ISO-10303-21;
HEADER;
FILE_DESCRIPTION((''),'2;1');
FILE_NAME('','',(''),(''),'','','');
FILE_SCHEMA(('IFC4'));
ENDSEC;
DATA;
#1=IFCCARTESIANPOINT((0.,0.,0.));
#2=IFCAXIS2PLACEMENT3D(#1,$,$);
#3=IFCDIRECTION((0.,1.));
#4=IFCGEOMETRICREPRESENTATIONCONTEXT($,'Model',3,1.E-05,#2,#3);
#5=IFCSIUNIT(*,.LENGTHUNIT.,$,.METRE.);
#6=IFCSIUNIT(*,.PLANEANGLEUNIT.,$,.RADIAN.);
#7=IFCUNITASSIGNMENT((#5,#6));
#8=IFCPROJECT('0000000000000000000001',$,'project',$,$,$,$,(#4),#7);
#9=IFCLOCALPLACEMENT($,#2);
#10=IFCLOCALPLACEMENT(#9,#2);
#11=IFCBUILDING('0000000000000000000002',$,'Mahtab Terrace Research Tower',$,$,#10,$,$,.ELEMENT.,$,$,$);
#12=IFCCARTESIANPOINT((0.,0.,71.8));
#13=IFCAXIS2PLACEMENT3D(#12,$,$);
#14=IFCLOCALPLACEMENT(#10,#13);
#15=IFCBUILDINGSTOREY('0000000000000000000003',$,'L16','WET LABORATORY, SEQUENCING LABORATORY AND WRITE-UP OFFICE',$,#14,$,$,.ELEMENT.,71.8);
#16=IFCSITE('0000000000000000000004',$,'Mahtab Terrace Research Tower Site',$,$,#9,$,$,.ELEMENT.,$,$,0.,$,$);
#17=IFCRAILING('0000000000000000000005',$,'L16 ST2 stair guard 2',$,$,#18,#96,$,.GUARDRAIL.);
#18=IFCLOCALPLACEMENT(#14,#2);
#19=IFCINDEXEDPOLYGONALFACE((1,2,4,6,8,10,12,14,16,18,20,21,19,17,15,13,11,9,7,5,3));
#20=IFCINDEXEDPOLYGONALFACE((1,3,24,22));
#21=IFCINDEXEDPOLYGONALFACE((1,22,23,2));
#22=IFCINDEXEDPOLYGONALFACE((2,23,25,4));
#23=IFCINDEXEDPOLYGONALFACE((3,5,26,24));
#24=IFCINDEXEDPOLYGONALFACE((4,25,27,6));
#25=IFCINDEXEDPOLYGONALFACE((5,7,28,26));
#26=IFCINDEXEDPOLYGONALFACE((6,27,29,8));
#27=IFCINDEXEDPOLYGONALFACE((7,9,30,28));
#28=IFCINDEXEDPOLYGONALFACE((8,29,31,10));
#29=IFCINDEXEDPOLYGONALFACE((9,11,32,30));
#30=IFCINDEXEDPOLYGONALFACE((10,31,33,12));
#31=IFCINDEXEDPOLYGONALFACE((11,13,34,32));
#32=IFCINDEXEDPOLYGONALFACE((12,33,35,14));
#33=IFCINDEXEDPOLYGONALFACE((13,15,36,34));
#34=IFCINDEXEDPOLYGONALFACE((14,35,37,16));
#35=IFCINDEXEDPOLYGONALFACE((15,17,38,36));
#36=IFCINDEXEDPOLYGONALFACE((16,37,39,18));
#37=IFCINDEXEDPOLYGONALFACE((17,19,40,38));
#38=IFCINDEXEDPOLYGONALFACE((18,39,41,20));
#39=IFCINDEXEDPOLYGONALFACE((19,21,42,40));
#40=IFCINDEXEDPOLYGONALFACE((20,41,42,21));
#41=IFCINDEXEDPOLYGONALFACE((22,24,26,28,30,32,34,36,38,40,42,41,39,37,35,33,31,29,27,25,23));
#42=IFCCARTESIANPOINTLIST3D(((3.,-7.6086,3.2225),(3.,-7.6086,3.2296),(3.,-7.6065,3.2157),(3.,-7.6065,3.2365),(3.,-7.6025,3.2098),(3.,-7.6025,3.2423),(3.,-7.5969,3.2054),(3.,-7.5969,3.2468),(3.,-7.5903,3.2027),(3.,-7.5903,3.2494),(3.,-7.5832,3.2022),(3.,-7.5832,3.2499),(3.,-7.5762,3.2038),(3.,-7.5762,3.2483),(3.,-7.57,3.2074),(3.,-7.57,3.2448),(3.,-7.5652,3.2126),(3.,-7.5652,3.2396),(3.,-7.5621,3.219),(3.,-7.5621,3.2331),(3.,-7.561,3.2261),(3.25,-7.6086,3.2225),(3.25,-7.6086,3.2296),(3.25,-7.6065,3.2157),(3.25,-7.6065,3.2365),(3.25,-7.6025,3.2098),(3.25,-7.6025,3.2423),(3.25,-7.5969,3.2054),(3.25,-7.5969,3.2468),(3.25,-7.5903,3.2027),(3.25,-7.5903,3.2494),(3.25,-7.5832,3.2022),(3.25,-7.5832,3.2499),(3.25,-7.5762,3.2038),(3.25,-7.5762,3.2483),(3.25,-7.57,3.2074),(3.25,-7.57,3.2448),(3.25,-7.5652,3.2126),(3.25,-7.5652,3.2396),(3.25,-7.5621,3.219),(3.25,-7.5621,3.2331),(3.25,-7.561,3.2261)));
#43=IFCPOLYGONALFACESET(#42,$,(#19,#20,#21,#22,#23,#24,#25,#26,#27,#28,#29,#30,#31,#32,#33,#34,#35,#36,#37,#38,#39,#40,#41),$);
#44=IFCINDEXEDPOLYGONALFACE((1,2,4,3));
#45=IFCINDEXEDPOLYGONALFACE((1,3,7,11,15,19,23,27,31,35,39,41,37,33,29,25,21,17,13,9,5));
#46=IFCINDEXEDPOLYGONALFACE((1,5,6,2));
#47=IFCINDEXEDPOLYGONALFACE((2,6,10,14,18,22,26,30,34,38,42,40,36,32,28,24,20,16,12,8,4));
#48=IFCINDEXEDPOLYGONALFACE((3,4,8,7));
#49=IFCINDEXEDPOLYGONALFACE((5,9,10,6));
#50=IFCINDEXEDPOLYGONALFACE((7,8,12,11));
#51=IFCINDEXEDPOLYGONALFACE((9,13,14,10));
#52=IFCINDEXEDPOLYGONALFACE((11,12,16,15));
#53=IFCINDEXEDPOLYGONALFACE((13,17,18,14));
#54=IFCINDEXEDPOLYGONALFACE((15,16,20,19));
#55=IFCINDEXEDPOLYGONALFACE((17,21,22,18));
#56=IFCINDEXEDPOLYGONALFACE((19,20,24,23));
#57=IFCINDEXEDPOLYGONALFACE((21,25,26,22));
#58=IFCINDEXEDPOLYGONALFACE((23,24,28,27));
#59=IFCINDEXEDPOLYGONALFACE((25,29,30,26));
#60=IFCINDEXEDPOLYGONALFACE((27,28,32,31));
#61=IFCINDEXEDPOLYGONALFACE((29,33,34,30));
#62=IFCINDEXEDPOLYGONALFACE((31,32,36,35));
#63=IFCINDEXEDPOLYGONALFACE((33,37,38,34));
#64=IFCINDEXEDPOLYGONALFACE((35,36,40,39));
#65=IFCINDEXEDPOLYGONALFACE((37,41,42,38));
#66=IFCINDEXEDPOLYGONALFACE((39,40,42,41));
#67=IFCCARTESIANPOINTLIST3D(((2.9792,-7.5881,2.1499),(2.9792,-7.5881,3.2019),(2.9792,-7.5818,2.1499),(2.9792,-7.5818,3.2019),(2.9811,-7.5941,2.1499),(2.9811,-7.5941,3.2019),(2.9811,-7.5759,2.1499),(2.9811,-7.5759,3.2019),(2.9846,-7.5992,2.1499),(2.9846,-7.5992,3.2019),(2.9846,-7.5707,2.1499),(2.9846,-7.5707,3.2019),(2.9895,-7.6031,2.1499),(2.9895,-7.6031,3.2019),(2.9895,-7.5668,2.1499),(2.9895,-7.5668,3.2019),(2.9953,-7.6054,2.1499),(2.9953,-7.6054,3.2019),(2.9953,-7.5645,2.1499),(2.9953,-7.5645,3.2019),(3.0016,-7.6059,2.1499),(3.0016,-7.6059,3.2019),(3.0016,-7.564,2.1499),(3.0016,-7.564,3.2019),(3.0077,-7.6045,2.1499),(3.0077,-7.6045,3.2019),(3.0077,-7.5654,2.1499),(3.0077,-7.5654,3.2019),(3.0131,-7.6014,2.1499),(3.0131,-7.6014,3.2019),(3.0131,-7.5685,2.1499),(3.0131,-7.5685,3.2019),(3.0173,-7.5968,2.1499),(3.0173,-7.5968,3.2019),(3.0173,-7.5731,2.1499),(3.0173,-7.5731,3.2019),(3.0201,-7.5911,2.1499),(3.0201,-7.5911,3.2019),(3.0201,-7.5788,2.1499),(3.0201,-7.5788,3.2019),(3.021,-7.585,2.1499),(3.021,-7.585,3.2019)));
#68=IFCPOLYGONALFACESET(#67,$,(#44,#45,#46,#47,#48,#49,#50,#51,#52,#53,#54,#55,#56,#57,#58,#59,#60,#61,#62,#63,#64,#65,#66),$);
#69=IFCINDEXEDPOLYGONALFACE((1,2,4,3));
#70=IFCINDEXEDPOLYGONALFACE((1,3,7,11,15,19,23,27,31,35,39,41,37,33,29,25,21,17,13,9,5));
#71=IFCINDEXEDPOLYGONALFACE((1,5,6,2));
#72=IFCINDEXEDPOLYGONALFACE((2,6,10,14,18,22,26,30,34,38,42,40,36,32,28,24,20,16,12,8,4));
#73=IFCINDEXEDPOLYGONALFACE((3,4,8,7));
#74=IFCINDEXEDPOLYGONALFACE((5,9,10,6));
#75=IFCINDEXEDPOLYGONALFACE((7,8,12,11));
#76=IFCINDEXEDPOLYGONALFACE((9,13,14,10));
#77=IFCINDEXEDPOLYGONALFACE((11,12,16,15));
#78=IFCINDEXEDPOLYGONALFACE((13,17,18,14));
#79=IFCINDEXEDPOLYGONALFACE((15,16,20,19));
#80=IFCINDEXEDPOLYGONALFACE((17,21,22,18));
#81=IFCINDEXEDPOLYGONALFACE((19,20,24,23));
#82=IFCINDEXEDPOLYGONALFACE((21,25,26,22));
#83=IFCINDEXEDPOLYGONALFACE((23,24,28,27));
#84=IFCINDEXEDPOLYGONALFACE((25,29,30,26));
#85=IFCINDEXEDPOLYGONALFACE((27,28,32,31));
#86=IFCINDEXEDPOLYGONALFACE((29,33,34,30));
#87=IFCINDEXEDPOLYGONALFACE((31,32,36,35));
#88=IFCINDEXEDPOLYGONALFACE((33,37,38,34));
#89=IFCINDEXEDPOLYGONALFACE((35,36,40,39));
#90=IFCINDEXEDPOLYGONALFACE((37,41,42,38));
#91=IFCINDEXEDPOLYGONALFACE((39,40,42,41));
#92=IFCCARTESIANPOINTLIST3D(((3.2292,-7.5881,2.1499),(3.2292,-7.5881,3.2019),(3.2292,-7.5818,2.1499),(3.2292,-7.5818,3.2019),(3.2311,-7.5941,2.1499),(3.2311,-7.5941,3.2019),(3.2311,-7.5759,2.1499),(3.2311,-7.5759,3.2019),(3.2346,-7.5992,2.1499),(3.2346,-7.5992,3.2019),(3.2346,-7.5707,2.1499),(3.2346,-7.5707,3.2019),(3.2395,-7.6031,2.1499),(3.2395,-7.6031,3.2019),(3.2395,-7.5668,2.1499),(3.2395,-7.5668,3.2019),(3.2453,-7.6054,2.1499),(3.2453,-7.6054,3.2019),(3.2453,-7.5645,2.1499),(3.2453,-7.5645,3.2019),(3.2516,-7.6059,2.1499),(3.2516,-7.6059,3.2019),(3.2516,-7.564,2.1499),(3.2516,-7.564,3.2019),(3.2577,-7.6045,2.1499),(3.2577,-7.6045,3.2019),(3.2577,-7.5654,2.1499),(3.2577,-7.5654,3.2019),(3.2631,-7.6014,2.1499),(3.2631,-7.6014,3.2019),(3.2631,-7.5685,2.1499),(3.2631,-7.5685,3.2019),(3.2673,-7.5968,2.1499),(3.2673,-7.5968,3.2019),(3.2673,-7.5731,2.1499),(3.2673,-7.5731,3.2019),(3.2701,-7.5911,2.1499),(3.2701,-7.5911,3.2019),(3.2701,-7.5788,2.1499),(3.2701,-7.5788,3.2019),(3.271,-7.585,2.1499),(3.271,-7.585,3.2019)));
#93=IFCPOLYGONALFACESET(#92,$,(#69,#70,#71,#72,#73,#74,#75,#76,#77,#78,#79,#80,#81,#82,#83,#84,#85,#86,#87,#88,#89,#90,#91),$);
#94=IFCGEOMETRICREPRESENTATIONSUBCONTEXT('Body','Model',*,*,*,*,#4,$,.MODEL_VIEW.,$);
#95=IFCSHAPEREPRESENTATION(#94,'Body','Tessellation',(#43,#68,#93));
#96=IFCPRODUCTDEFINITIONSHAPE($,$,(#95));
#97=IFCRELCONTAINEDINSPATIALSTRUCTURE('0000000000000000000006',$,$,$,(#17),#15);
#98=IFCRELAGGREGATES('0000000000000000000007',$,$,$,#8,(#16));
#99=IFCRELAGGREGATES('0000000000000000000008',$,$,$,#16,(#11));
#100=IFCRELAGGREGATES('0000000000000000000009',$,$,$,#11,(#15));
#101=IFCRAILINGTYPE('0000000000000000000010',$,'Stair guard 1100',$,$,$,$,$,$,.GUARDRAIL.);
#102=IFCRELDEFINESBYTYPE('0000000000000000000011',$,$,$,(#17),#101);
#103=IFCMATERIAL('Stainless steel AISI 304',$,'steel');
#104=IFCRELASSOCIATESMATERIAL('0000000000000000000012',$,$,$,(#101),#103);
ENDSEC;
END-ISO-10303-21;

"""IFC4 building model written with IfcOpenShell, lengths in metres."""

from ifc_helpers import new_model, si_unit, direction, frame, origin, origin_2d, place, context, subcontext, project, spatial, circle, extrude, material, type_object, element, save


model = new_model("IFC4")

# Units and contexts
model_context = context("Model", 3, precision=1e-05, world=origin(), true_north=direction((0.0, 1.0)))
body_context = subcontext(model_context, "Body", "Model", "MODEL_VIEW")
ifc_project = project(units=[si_unit("LENGTHUNIT", "METRE"), si_unit("PLANEANGLEUNIT", "RADIAN")], contexts=[model_context])

# Site, building, storey
site_placement = place(None, origin())
site = spatial("IfcSite", under=ifc_project, at=site_placement, Name="Mahtab Terrace Research Tower Site", CompositionType="ELEMENT", RefElevation=0.0)
building_placement = place(site_placement, origin())
building = spatial("IfcBuilding", under=site, at=building_placement, Name="Mahtab Terrace Research Tower", CompositionType="ELEMENT")
storey_placement = place(building_placement, frame((0.0, 0.0, 71.8)))
storey = spatial("IfcBuildingStorey", under=building, at=storey_placement, Name="L16", Description="WET LABORATORY, SEQUENCING LABORATORY AND WRITE-UP OFFICE", CompositionType="ELEMENT", Elevation=71.8)

# Railing
ifc_material_1 = material(Name="Stainless steel AISI 304", Category="steel")
railing_type_1 = type_object("IfcRailingType", Name="Stair guard 1100", PredefinedType="GUARDRAIL", material=ifc_material_1)
railing_1_placement = place(storey_placement, frame((3.0, -7.585, 2.1499)))
element("IfcRailing", 1, at=railing_1_placement, inside=storey, type_object=railing_type_1, Name="L16 ST2 stair guard 2", PredefinedType="GUARDRAIL", context=body_context, shape_type="SweptSolid", body=[
    extrude(circle(Radius=0.0239, at=origin_2d()), frame((0.0, 0.0, 1.0762), z_axis=(1.0, 0.0, 0.0), x_axis=(0.0, 1.0, 0.0)), (0.0, 0.0, 1.0), 0.25),
    extrude(circle(Radius=0.021, at=origin_2d()), origin(), (0.0, 0.0, 1.0), 1.052),
    extrude(circle(Radius=0.021, at=origin_2d()), frame((0.25, 0.0, 0.0)), (0.0, 0.0, 1.0), 1.052),
])

save(model, "model.ifc")
